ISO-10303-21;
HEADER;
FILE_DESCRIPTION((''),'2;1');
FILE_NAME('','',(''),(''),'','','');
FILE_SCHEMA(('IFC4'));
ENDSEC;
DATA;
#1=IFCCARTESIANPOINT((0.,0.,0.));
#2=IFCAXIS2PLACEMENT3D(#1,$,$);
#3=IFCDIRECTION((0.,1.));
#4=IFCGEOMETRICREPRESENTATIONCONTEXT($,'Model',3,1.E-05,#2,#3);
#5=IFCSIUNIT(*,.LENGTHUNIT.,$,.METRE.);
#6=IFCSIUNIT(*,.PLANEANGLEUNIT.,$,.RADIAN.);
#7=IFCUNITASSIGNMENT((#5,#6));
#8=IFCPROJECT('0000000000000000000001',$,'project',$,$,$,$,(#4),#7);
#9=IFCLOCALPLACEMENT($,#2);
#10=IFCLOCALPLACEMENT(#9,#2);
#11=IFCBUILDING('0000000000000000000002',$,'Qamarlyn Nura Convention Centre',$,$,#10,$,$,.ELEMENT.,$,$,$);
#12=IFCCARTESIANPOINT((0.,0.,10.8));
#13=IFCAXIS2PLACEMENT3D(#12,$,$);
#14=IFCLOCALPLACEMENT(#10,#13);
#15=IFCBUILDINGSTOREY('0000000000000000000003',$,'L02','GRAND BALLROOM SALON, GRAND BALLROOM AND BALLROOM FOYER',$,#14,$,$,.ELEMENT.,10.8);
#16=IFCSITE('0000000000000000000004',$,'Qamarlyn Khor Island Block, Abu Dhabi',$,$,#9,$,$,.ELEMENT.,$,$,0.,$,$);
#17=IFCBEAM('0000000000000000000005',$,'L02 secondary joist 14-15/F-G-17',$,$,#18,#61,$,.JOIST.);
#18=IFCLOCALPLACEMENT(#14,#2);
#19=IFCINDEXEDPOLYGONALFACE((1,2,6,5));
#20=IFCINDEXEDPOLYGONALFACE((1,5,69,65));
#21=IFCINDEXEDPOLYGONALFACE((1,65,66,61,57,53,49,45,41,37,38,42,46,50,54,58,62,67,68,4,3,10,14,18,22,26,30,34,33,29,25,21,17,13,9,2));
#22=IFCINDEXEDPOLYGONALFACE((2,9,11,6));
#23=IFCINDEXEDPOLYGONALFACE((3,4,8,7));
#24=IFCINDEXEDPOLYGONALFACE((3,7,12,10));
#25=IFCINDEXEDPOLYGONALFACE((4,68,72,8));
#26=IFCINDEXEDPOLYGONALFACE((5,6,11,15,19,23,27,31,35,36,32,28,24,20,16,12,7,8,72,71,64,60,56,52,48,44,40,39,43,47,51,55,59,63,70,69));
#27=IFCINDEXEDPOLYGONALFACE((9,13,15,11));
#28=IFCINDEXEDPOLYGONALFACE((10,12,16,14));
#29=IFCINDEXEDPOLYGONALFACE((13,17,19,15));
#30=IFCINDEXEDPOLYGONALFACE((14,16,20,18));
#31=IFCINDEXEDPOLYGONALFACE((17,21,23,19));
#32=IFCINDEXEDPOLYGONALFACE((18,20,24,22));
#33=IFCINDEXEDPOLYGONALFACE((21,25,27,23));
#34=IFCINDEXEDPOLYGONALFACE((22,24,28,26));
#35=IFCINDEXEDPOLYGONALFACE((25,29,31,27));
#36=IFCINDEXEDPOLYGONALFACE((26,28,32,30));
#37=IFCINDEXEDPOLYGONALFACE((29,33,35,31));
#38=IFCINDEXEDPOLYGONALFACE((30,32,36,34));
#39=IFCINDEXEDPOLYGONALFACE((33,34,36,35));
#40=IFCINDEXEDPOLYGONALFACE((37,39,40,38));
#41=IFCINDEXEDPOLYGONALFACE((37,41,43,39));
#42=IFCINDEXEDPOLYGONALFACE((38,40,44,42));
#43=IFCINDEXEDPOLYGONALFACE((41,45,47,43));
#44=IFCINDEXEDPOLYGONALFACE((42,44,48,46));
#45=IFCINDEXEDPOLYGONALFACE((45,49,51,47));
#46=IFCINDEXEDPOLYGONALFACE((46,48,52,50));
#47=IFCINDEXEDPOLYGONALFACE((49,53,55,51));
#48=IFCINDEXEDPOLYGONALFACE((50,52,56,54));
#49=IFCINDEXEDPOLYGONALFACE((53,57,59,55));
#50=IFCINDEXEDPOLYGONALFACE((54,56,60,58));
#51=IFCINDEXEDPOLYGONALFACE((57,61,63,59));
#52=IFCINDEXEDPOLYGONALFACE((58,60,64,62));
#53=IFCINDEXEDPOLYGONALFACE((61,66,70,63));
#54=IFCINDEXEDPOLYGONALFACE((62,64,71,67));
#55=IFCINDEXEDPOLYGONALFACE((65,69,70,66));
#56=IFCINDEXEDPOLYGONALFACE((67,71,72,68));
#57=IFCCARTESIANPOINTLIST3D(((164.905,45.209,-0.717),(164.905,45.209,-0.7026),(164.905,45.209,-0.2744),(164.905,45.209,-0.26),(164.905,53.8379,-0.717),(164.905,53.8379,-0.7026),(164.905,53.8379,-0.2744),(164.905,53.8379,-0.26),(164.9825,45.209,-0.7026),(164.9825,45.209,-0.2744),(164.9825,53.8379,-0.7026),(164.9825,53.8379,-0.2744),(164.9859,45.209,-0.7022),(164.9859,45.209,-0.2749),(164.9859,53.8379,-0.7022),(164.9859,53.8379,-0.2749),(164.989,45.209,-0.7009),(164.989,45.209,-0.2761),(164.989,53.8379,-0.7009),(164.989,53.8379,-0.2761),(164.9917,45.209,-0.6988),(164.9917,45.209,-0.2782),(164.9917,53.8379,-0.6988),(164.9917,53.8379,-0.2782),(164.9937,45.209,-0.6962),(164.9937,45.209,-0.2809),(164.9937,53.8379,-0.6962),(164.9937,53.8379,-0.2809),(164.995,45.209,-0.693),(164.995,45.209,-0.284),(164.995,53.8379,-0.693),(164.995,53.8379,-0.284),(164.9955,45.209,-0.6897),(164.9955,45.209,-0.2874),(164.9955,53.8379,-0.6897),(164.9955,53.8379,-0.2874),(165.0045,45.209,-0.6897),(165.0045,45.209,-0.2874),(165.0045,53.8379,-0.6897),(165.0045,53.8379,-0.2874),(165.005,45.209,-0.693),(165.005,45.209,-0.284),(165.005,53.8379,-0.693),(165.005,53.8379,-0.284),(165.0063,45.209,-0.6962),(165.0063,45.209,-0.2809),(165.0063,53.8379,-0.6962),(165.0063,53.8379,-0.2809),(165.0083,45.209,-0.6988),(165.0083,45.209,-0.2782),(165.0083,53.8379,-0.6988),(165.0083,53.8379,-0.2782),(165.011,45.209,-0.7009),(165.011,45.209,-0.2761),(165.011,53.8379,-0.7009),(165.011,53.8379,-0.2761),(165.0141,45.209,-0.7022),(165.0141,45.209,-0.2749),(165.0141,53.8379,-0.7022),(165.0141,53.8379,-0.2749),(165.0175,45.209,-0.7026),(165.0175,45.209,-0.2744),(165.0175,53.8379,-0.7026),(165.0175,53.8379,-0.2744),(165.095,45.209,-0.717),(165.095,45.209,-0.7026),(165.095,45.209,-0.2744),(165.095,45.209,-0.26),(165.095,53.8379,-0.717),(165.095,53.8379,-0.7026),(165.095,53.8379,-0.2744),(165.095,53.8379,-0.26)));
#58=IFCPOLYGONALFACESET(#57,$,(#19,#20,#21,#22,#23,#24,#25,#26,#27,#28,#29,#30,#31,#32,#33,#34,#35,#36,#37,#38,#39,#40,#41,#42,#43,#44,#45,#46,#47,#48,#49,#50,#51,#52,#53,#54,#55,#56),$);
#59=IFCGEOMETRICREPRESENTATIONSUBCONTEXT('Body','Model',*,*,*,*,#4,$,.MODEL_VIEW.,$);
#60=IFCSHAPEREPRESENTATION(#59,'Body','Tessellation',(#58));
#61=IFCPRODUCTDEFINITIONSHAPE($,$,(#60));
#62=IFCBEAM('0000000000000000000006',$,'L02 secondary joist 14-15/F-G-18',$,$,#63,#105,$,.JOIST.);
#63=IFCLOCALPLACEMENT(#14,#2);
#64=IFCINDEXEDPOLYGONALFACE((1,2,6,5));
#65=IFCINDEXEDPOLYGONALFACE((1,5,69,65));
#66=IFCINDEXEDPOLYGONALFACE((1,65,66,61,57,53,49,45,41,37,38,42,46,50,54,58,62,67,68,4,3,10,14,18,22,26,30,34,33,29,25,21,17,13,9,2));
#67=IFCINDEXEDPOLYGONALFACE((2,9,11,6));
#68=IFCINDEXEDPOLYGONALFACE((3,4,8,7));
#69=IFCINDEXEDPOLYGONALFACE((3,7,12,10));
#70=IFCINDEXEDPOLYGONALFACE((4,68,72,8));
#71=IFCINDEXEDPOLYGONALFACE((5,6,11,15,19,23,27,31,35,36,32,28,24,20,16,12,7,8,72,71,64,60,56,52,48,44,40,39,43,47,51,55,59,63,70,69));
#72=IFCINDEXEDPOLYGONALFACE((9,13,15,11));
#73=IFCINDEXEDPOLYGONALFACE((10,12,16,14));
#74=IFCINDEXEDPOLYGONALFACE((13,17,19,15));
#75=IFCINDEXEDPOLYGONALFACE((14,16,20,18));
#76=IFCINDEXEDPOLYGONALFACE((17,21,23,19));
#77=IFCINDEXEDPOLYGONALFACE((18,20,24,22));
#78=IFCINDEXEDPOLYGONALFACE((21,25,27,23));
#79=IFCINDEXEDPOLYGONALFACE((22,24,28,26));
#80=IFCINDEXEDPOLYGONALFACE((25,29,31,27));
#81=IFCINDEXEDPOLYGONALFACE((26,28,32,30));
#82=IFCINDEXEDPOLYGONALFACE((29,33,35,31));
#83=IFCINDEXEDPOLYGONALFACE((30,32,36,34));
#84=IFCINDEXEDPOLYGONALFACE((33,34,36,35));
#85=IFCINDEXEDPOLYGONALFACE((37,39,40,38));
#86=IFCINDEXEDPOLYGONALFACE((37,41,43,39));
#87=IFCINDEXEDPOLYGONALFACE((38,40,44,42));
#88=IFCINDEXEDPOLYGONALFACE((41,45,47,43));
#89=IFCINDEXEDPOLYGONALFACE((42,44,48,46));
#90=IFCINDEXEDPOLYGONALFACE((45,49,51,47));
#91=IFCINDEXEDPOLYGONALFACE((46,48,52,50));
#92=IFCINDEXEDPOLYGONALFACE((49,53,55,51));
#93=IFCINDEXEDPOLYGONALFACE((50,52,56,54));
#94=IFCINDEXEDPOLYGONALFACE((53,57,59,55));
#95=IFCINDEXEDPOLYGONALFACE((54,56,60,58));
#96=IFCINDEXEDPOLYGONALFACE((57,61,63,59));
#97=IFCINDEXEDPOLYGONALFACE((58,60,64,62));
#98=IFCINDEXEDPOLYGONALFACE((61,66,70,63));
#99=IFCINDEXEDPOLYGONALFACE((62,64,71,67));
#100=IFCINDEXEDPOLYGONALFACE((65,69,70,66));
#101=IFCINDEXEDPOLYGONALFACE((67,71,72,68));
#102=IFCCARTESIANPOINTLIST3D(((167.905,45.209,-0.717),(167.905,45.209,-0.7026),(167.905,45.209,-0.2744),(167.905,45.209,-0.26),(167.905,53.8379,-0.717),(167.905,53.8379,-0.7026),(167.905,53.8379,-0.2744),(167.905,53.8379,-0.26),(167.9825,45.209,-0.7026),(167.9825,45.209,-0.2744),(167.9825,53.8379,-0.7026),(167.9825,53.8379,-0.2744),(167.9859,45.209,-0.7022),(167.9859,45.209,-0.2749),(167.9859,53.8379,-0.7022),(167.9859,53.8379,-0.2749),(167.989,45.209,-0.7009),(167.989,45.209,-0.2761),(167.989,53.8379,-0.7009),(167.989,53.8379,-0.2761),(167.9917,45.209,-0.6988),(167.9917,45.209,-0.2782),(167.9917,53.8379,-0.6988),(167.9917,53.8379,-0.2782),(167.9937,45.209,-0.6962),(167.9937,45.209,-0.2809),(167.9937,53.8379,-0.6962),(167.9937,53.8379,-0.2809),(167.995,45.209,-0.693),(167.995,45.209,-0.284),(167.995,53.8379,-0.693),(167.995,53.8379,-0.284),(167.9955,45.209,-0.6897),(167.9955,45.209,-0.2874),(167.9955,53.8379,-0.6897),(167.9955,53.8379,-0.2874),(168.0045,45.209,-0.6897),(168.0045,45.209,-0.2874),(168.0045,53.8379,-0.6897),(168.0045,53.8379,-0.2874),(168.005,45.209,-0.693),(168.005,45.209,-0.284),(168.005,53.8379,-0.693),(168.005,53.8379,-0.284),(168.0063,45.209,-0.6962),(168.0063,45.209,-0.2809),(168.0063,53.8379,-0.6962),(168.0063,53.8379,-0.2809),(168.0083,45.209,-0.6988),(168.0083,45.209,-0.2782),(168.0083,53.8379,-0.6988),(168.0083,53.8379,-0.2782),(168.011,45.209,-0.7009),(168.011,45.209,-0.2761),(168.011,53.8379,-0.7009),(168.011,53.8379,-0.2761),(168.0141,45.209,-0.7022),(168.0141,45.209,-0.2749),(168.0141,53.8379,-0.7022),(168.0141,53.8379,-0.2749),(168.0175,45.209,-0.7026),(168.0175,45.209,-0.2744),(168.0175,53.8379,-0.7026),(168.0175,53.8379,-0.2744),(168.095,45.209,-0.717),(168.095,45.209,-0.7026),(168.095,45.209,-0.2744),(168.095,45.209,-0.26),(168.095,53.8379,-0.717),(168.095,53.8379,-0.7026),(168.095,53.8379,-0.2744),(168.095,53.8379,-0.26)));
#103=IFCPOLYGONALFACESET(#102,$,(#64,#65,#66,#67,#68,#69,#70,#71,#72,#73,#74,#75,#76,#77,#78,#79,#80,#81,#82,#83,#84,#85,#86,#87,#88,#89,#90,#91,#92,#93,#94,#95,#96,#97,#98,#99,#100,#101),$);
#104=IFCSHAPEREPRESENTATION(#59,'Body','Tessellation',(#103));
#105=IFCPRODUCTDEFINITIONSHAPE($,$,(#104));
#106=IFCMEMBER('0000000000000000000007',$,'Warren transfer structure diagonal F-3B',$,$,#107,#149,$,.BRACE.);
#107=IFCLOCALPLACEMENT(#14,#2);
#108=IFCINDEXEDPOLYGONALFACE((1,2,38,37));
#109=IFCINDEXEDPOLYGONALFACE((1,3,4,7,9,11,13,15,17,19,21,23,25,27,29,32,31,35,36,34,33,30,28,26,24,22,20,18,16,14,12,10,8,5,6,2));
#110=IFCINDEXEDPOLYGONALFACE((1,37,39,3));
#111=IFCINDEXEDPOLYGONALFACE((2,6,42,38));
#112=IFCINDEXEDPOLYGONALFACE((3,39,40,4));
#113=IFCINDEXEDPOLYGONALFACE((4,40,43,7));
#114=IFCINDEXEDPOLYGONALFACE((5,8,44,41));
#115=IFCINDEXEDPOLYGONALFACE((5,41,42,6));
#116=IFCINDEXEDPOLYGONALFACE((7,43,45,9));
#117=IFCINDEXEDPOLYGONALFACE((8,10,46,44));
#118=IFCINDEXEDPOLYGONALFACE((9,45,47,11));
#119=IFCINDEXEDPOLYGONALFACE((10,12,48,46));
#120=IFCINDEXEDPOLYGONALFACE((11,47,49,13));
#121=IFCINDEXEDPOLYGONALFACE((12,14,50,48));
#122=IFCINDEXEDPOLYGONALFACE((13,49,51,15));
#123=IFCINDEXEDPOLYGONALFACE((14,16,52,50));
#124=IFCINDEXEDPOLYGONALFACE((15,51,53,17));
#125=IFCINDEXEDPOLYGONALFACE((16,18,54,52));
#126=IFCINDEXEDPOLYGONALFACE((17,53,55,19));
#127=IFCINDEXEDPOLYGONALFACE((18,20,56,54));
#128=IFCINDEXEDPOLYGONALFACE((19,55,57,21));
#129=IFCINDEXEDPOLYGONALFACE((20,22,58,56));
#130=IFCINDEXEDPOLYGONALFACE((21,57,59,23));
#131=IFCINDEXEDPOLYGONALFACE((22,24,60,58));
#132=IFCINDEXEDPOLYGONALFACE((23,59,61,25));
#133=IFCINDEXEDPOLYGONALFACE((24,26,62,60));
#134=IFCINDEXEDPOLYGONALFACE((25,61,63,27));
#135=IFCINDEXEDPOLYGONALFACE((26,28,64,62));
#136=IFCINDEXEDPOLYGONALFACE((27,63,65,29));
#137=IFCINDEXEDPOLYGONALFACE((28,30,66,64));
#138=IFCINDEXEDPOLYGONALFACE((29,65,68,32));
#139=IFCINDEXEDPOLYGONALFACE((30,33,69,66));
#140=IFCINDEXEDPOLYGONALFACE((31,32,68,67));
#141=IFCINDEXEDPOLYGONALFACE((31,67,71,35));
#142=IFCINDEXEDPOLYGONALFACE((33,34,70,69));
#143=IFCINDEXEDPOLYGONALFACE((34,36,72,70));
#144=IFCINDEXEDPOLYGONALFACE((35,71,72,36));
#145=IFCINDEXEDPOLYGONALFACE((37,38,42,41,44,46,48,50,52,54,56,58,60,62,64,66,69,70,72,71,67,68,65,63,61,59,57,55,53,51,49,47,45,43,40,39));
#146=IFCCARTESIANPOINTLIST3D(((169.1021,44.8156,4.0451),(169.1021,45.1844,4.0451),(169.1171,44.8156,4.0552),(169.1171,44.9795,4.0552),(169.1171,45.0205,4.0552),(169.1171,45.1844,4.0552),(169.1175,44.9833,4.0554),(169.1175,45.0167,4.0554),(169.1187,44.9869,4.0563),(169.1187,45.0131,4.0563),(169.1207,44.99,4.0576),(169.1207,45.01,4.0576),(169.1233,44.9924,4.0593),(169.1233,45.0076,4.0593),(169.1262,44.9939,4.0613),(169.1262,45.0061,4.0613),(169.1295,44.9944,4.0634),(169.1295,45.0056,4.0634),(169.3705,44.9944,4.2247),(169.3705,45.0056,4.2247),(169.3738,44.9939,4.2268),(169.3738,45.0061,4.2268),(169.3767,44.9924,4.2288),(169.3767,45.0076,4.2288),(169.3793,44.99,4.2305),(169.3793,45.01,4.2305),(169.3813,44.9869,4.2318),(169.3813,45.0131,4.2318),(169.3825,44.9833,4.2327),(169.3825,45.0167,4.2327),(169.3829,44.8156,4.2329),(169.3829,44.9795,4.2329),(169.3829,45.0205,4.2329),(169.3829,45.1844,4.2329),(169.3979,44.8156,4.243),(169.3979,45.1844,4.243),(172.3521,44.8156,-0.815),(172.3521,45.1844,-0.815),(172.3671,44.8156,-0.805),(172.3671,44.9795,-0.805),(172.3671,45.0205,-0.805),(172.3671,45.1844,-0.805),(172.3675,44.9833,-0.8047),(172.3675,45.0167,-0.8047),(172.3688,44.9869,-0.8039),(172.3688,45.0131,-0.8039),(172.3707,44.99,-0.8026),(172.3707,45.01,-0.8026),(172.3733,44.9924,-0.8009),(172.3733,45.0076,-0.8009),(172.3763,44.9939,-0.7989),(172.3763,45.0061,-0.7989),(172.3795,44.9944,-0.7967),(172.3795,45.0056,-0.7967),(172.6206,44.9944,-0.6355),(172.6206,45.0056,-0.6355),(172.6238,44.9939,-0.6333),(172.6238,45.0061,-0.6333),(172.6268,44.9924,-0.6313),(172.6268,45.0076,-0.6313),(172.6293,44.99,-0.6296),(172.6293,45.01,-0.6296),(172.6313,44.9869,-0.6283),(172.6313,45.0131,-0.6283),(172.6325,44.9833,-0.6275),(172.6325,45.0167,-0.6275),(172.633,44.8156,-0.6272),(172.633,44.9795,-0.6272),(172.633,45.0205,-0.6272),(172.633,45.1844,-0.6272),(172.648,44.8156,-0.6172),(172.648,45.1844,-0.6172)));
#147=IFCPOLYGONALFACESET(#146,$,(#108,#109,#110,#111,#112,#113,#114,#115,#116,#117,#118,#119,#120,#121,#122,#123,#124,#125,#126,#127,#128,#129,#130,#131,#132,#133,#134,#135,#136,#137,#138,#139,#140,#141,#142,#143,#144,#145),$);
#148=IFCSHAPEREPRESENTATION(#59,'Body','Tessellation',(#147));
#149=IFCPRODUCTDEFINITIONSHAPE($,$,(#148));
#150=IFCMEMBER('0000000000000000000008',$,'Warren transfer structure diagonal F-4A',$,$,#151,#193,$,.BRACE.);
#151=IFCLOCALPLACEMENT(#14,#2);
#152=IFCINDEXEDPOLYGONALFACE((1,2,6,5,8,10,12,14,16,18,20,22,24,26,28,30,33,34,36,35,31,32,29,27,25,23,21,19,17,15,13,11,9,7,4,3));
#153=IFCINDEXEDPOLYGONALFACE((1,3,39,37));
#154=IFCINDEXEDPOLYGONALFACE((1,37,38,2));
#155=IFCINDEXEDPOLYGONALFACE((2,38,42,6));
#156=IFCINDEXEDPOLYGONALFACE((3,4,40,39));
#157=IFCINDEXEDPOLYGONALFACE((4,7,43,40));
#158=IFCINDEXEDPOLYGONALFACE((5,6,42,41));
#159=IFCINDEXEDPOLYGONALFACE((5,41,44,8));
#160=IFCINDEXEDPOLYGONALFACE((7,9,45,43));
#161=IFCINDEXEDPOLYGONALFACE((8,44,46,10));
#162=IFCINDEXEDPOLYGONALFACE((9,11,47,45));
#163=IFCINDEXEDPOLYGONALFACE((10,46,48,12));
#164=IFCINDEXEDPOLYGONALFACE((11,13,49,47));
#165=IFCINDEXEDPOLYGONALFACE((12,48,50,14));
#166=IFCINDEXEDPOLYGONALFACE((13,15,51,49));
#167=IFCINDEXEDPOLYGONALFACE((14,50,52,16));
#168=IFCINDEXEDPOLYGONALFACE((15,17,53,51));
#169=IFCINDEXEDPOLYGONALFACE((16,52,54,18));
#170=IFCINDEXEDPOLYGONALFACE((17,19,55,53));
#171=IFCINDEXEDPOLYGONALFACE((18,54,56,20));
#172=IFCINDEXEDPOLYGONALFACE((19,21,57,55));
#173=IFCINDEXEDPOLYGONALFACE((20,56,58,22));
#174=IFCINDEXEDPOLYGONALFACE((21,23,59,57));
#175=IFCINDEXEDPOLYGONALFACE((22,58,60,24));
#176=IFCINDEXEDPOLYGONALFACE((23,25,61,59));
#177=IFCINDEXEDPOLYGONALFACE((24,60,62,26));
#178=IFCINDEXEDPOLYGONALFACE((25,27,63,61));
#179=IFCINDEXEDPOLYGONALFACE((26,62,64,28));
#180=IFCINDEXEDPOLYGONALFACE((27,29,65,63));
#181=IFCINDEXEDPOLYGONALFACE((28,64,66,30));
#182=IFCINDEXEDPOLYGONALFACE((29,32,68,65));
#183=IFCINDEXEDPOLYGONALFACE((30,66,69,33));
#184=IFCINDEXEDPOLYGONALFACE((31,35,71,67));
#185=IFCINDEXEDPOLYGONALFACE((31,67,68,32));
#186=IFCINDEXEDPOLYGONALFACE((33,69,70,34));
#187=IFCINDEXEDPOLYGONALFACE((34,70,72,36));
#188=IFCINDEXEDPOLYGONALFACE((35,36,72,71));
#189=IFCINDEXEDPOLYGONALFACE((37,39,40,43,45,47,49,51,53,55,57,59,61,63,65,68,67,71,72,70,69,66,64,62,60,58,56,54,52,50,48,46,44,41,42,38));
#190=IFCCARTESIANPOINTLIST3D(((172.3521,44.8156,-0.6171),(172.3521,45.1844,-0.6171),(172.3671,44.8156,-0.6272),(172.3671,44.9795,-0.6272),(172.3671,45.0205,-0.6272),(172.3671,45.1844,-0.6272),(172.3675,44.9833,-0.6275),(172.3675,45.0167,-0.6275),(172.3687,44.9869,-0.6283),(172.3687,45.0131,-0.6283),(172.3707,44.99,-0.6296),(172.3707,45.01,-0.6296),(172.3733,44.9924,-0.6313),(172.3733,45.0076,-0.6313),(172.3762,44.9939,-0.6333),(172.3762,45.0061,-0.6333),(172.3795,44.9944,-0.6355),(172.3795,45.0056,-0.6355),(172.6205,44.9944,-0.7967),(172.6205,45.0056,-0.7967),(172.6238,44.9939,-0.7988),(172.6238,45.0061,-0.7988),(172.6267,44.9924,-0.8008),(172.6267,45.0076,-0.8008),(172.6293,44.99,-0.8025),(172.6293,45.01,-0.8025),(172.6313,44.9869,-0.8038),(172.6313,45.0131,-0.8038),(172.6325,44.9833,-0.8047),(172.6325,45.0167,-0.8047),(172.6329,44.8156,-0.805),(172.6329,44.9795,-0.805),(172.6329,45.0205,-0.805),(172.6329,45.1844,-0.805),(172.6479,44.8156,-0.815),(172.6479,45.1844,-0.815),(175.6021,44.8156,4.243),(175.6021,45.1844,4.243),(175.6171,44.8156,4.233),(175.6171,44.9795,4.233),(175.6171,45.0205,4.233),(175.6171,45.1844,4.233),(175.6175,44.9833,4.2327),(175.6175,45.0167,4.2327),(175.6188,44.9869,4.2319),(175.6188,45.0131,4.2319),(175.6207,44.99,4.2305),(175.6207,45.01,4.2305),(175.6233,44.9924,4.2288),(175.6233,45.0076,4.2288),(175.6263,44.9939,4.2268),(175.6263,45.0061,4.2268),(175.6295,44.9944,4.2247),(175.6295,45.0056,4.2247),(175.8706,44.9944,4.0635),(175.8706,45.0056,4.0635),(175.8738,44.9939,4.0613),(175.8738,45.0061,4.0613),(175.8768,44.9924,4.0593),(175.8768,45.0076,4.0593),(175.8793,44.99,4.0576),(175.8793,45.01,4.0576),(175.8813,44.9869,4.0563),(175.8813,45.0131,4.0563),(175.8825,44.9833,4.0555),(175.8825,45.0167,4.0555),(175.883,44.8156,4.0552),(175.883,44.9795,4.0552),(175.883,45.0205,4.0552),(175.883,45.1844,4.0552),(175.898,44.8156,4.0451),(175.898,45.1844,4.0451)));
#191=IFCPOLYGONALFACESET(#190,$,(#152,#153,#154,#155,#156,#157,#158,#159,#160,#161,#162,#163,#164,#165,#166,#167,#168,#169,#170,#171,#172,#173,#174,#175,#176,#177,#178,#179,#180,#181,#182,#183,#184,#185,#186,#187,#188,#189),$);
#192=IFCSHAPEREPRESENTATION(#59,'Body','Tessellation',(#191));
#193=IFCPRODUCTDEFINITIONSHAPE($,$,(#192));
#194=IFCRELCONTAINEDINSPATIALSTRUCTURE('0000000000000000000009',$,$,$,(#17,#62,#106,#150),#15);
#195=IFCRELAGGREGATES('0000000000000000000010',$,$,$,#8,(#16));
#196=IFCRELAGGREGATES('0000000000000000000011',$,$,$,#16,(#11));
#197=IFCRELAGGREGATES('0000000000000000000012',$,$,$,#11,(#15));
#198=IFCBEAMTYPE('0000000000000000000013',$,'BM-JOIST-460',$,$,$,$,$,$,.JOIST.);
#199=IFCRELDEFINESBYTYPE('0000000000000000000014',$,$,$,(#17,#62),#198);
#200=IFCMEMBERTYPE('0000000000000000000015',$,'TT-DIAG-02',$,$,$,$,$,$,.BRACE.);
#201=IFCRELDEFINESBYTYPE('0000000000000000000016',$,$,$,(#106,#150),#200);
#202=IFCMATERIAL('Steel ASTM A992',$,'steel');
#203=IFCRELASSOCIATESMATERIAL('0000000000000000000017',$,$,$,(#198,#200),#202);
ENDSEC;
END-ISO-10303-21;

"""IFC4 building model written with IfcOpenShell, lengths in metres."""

from ifc_helpers import new_model, si_unit, direction, frame, origin, origin_2d, place, context, subcontext, project, spatial, i_section, extrude, material, material_profile, profile_set, type_object, element, save


model = new_model("IFC4")

# Units and contexts
model_context = context("Model", 3, precision=1e-05, world=origin(), true_north=direction((0.0, 1.0)))
body_context = subcontext(model_context, "Body", "Model", "MODEL_VIEW")
ifc_project = project(units=[si_unit("LENGTHUNIT", "METRE"), si_unit("PLANEANGLEUNIT", "RADIAN")], contexts=[model_context])

# Site, building, storey
site_placement = place(None, origin())
site = spatial("IfcSite", under=ifc_project, at=site_placement, Name="Qamarlyn Khor Island Block, Abu Dhabi", CompositionType="ELEMENT", RefElevation=0.0)
building_placement = place(site_placement, origin())
building = spatial("IfcBuilding", under=site, at=building_placement, Name="Qamarlyn Nura Convention Centre", CompositionType="ELEMENT")
storey_placement = place(building_placement, frame((0.0, 0.0, 10.8)))
storey = spatial("IfcBuildingStorey", under=building, at=storey_placement, Name="L02", Description="GRAND BALLROOM SALON, GRAND BALLROOM AND BALLROOM FOYER", CompositionType="ELEMENT", Elevation=10.8)

# Shared definitions
ifc_material_1 = material(Name="Steel ASTM A992", Category="steel")

# Beams
ifc_material_profile_1 = material_profile(ifc_material_1, i_section(OverallWidth=0.1899, OverallDepth=0.457, WebThickness=0.009, FlangeThickness=0.0144, FilletRadius=0.0129, at=origin_2d()), Name="W460X74")
ifc_profile_set_1 = profile_set([ifc_material_profile_1], Name="Steel ASTM A992")
beam_type_1 = type_object("IfcBeamType", Name="BM-JOIST-460", PredefinedType="JOIST", material=ifc_profile_set_1)
for number, where, z_axis, x_axis, name in (
    (1, (165.0, 45.209, -0.4885), (0.0, 1.0, 0.0), (-1.0, 0.0, 0.0), "L02 secondary joist 14-15/F-G-17"),
    (2, (168.0, 45.209, -0.4885), (0.0, 1.0, 0.0), (-1.0, 0.0, 0.0), "L02 secondary joist 14-15/F-G-18"),
):
    element("IfcBeam", number, at=place(storey_placement, frame(where, z_axis=z_axis, x_axis=x_axis)), inside=storey, type_object=beam_type_1, Name=name, PredefinedType="JOIST", context=body_context, shape_type="SweptSolid", body=[
        extrude(i_section(OverallWidth=0.1899, OverallDepth=0.457, WebThickness=0.009, FlangeThickness=0.0144, FilletRadius=0.0129, at=origin_2d()), origin(), (0.0, 0.0, 1.0), 8.6289),
    ])

# Members
ifc_material_profile_2 = material_profile(ifc_material_1, i_section(OverallWidth=0.3689, OverallDepth=0.356, WebThickness=0.0112, FlangeThickness=0.0181, FilletRadius=0.0149, at=origin_2d()), Name="W360X134")
ifc_profile_set_2 = profile_set([ifc_material_profile_2], Name="Steel ASTM A992")
member_type = type_object("IfcMemberType", Name="TT-DIAG-02", PredefinedType="BRACE", material=ifc_profile_set_2)
for number, where, z_axis, x_axis, name in (
    (3, (169.25, 45.0, 4.144), (0.555875, 0.0, -0.831266), (0.0, 1.0, 0.0), "Warren transfer structure diagonal F-3B"),
    (4, (172.5, 45.0, -0.7161), (0.555875, 0.0, 0.831266), (0.0, 1.0, 0.0), "Warren transfer structure diagonal F-4A"),
):
    element("IfcMember", number, at=place(storey_placement, frame(where, z_axis=z_axis, x_axis=x_axis)), inside=storey, type_object=member_type, Name=name, PredefinedType="BRACE", context=body_context, shape_type="SweptSolid", body=[
        extrude(i_section(OverallWidth=0.3689, OverallDepth=0.356, WebThickness=0.0112, FlangeThickness=0.0181, FilletRadius=0.0149, at=origin_2d()), origin(), (0.0, 0.0, 1.0), 5.8467),
    ])

save(model, "model.ifc")
